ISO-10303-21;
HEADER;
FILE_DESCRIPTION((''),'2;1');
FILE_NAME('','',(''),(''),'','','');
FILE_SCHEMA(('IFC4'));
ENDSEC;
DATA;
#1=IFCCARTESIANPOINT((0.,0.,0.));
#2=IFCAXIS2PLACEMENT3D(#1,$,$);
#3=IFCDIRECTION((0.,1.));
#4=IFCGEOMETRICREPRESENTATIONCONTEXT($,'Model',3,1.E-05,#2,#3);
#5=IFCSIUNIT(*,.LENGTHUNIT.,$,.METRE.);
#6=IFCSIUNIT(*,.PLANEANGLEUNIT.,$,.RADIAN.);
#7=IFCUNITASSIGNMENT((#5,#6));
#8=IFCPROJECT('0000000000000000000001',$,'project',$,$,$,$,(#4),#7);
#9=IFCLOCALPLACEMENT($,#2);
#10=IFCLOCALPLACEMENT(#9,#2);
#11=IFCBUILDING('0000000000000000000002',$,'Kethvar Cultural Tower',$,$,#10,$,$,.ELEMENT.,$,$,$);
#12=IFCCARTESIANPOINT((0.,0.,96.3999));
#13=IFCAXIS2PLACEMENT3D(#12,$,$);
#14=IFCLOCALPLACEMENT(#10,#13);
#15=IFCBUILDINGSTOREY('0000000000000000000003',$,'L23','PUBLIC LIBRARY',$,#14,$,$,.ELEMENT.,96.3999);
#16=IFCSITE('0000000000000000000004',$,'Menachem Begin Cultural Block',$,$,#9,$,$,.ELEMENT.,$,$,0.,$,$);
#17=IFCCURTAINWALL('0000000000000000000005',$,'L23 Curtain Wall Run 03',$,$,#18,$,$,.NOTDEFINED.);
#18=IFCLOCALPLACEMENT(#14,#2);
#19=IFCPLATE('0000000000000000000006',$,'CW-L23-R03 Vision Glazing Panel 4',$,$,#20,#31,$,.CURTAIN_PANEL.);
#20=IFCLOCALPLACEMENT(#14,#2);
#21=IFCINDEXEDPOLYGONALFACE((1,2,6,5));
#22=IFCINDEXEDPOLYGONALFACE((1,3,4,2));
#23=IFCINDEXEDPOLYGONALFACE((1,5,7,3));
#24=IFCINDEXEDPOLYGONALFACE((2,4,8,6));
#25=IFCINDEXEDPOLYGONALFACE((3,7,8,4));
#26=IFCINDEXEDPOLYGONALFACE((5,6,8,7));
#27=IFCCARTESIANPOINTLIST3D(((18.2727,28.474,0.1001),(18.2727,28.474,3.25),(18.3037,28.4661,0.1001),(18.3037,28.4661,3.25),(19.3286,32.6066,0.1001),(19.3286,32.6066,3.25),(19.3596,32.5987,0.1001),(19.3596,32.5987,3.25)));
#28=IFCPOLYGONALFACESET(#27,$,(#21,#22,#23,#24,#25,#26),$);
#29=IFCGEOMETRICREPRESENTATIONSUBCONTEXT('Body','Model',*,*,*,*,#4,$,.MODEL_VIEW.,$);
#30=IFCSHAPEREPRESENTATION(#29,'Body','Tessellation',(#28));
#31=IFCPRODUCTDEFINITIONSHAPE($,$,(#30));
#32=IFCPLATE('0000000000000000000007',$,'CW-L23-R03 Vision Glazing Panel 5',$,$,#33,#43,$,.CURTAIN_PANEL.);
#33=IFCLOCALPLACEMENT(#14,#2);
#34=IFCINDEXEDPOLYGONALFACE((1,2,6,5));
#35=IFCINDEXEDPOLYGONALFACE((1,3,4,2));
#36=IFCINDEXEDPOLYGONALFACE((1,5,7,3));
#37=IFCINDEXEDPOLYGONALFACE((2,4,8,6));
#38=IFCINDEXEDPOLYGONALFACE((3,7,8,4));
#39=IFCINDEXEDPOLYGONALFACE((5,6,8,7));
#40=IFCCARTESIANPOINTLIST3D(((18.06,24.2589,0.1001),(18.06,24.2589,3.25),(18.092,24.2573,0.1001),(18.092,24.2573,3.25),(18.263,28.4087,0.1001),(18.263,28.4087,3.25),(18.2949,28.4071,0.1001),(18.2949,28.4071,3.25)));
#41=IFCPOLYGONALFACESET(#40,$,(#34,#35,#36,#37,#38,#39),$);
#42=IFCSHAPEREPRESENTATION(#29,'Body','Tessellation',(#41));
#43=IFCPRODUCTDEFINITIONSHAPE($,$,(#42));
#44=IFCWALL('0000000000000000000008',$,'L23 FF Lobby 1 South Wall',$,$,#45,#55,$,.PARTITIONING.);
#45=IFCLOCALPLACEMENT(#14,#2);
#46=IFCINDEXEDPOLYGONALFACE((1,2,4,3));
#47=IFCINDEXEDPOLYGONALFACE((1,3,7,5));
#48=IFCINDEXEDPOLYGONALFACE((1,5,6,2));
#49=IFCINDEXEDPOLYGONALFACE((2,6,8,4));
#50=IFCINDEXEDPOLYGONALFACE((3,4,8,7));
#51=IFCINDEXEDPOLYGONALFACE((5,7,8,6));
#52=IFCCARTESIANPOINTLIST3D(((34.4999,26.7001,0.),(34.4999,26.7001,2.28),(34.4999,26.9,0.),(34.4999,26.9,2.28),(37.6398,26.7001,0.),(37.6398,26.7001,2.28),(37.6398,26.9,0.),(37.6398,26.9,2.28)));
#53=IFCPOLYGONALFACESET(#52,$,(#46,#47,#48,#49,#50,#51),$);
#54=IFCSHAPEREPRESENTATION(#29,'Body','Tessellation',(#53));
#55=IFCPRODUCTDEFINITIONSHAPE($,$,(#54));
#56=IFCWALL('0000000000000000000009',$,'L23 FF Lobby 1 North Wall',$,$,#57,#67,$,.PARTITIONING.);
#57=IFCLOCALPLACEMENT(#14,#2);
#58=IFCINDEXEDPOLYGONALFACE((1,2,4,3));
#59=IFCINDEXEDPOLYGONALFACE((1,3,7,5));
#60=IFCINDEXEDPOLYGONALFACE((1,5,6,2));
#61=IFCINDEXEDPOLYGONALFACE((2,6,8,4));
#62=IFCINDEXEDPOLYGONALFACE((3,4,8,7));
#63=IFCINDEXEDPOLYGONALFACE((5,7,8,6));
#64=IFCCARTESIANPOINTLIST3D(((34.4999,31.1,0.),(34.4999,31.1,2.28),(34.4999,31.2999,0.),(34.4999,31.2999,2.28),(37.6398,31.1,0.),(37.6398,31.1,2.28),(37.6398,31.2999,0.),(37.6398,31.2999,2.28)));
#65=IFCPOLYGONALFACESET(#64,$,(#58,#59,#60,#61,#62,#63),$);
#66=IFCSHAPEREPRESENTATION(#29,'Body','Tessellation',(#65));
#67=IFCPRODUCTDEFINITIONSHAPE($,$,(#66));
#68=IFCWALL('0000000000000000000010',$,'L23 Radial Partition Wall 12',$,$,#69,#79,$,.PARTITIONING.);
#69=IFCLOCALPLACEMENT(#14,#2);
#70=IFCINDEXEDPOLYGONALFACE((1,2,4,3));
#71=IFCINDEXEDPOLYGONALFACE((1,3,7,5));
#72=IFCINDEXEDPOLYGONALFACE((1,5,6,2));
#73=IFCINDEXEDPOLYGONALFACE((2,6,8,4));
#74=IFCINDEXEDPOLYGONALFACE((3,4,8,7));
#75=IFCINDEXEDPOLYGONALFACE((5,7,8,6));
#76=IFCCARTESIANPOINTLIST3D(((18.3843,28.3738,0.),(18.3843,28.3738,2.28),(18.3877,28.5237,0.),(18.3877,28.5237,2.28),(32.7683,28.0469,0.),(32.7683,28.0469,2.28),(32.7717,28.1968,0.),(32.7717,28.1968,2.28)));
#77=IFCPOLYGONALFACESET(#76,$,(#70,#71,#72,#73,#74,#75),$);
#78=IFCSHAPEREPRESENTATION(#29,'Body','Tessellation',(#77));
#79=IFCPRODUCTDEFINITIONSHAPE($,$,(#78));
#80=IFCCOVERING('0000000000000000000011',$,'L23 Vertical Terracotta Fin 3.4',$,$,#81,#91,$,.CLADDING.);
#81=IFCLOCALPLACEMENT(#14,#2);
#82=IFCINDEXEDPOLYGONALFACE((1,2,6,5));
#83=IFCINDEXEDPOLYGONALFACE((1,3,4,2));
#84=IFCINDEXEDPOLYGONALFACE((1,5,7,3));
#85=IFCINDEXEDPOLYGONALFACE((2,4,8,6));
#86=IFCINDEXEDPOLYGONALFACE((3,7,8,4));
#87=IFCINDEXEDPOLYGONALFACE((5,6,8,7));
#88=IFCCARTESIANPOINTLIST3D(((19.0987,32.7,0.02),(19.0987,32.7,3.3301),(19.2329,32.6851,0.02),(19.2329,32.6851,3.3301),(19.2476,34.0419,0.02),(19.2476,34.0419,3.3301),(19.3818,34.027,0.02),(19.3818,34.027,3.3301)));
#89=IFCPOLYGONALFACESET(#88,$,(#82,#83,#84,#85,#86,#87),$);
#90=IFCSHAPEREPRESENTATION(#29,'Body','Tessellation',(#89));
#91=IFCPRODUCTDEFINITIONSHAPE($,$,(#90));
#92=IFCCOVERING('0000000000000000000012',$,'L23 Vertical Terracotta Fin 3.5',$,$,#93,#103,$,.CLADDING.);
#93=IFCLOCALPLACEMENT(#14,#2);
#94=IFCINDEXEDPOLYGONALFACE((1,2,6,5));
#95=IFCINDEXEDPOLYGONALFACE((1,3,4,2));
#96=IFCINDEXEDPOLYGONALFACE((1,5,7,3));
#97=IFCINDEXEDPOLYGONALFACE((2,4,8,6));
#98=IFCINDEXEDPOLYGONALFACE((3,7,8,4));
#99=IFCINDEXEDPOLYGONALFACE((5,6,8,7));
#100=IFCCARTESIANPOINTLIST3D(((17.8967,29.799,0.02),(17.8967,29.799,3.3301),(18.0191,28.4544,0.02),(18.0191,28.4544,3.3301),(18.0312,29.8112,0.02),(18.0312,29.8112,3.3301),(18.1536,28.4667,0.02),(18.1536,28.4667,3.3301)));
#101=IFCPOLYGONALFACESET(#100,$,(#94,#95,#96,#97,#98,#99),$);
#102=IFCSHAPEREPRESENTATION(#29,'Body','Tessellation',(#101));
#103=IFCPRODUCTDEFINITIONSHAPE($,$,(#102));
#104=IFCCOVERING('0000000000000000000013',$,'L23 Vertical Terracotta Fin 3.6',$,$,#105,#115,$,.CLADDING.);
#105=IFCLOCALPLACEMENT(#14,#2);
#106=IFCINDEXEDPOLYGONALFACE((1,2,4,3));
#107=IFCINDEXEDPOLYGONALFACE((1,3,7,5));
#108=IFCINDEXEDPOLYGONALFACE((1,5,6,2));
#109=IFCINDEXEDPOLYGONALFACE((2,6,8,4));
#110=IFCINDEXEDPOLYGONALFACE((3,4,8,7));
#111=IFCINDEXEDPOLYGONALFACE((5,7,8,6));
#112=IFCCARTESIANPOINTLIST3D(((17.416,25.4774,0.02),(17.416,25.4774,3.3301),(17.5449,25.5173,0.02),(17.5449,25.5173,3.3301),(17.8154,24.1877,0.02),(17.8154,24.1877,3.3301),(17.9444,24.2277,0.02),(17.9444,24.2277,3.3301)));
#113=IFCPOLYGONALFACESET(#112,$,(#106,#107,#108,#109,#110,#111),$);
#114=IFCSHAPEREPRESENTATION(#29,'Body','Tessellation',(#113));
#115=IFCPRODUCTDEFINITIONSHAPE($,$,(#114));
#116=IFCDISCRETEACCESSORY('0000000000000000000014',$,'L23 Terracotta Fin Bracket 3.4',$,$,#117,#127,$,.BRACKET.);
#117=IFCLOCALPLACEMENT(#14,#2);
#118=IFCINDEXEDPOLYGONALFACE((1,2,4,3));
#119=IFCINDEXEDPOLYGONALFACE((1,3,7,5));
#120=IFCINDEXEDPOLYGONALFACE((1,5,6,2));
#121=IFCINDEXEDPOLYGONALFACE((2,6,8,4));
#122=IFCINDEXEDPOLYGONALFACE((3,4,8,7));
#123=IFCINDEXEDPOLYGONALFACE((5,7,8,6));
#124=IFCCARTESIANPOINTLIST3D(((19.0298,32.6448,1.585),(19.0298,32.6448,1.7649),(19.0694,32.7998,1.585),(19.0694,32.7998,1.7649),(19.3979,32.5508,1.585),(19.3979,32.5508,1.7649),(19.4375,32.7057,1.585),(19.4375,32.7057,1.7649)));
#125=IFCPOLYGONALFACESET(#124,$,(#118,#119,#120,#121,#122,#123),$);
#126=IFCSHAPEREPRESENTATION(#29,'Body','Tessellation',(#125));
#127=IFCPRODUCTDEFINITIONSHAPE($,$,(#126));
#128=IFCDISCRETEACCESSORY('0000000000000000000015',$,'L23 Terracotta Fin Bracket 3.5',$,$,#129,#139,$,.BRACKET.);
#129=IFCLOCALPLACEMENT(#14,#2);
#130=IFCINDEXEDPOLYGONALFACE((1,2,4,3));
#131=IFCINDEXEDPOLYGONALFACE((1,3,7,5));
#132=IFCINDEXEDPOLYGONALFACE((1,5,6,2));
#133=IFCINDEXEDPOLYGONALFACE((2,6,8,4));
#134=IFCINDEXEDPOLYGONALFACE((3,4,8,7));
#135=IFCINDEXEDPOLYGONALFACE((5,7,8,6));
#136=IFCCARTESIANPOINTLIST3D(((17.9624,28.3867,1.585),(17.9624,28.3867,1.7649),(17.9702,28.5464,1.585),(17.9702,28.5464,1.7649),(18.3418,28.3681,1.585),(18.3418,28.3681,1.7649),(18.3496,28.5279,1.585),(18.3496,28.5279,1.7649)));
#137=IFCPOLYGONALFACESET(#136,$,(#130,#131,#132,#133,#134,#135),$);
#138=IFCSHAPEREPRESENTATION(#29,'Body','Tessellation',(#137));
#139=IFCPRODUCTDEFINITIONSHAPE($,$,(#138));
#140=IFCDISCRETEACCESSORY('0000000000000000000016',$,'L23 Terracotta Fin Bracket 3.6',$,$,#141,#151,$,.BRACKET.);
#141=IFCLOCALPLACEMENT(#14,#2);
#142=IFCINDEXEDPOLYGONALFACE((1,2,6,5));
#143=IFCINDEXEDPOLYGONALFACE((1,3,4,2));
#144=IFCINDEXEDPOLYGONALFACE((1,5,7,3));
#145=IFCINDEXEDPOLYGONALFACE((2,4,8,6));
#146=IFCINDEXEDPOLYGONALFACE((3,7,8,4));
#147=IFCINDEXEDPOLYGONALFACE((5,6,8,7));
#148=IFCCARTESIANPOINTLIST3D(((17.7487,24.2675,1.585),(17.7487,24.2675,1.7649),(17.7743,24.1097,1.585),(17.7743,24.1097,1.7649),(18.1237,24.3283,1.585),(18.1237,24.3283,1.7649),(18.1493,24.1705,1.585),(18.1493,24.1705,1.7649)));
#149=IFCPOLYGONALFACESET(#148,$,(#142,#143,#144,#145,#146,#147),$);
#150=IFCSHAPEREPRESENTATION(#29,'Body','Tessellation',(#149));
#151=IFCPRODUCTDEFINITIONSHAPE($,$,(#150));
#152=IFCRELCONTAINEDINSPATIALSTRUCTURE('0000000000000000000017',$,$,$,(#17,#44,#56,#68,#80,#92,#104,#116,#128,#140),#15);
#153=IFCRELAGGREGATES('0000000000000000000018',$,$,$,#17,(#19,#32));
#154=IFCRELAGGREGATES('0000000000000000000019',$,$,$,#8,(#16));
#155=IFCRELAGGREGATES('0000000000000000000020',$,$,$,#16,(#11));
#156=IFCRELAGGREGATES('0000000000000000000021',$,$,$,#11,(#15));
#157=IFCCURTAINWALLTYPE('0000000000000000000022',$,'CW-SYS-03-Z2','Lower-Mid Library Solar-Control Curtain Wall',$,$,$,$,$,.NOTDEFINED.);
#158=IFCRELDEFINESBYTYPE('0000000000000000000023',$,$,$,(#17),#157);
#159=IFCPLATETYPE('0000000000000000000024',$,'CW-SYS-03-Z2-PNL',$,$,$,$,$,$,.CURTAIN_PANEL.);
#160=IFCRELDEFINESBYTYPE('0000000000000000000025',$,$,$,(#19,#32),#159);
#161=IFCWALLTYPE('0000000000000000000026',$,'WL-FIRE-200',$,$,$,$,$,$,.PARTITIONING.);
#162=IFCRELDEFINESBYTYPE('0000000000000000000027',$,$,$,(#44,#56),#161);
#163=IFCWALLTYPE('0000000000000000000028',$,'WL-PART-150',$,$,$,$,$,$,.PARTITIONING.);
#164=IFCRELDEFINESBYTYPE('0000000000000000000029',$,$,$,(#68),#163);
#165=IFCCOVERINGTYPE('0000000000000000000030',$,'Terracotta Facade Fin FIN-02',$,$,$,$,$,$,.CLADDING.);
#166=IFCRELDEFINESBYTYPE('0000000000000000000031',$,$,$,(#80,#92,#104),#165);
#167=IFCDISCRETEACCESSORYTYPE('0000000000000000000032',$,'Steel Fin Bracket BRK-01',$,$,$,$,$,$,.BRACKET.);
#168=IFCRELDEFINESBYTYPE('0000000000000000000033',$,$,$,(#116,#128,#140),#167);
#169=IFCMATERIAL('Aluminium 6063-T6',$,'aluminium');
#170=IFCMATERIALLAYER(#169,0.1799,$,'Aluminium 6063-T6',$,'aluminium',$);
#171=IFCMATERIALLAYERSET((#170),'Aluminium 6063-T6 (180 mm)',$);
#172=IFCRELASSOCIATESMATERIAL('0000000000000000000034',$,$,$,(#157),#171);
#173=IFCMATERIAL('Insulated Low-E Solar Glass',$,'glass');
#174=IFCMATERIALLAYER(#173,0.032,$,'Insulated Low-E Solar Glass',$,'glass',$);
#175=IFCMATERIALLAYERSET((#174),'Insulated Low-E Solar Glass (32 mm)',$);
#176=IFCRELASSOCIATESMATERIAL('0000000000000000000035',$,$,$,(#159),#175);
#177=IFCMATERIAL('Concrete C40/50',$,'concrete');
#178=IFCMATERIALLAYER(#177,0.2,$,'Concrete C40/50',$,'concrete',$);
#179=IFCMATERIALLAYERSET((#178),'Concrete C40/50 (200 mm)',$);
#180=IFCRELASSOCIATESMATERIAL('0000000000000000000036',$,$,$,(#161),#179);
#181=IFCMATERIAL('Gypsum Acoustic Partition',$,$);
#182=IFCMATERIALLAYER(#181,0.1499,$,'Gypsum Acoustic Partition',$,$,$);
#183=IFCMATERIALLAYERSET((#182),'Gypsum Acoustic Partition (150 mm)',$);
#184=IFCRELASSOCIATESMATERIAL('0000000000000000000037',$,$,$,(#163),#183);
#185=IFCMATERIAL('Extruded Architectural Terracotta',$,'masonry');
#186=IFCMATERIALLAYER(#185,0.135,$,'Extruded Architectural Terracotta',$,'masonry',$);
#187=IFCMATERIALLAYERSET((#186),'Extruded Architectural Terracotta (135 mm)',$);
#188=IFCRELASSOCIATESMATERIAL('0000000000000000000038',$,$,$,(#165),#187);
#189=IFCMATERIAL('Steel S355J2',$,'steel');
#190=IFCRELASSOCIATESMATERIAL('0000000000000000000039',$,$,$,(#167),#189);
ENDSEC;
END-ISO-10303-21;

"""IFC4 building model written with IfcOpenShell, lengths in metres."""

from ifc_helpers import new_model, si_unit, direction, frame, frame_2d, origin, origin_2d, place, context, subcontext, project, spatial, rectangle, extrude, source, transform, mapped, material, layer, layer_set, type_object, element, aggregate, save


model = new_model("IFC4")

# Units and contexts
model_context = context("Model", 3, precision=1e-05, world=origin(), true_north=direction((0.0, 1.0)))
body_context = subcontext(model_context, "Body", "Model", "MODEL_VIEW")
ifc_project = project(units=[si_unit("LENGTHUNIT", "METRE"), si_unit("PLANEANGLEUNIT", "RADIAN")], contexts=[model_context])

# Site, building, storey
site_placement = place(None, origin())
site = spatial("IfcSite", under=ifc_project, at=site_placement, Name="Menachem Begin Cultural Block", CompositionType="ELEMENT", RefElevation=0.0)
building_placement = place(site_placement, origin())
building = spatial("IfcBuilding", under=site, at=building_placement, Name="Kethvar Cultural Tower", CompositionType="ELEMENT")
storey_placement = place(building_placement, frame((0.0, 0.0, 96.3999)))
storey = spatial("IfcBuildingStorey", under=building, at=storey_placement, Name="L23", Description="PUBLIC LIBRARY", CompositionType="ELEMENT", Elevation=96.3999)

# Shared definitions
ifc_material_1 = material(Name="Steel S355J2", Category="steel")

# Curtain wall, plates
ifc_material_2 = material(Name="Aluminium 6063-T6", Category="aluminium")
ifc_layer_1 = layer(ifc_material_2, 0.1799, Name="Aluminium 6063-T6", Category="aluminium")
ifc_layer_set_1 = layer_set([ifc_layer_1], Name="Aluminium 6063-T6 (180 mm)")
curtain_wall_type = type_object("IfcCurtainWallType", Name="CW-SYS-03-Z2", Description="Lower-Mid Library Solar-Control Curtain Wall", PredefinedType="NOTDEFINED", material=ifc_layer_set_1)
curtain_wall_placement = place(storey_placement, origin())
curtain_wall = element("IfcCurtainWall", 1, at=curtain_wall_placement, inside=storey, type_object=curtain_wall_type, Name="L23 Curtain Wall Run 03", PredefinedType="NOTDEFINED")
ifc_material_3 = material(Name="Insulated Low-E Solar Glass", Category="glass")
ifc_layer_2 = layer(ifc_material_3, 0.032, Name="Insulated Low-E Solar Glass", Category="glass")
ifc_layer_set_2 = layer_set([ifc_layer_2], Name="Insulated Low-E Solar Glass (32 mm)")
plate_type = type_object("IfcPlateType", Name="CW-SYS-03-Z2-PNL", PredefinedType="CURTAIN_PANEL", material=ifc_layer_set_2)
shared_shape_1 = source(origin(), body_context, "Body", "SweptSolid", [
    extrude(rectangle(XDim=4.2654, YDim=0.032, at=origin_2d()), origin(), (0.0, 0.0, 1.0), 3.1499),
])
plate_1_placement = place(storey_placement, frame((18.8162, 30.5364, 0.1001), z_axis=(0.0, 0.0, 1.0), x_axis=(-0.247557, -0.968873, 0.0)))
plate_1 = element("IfcPlate", 2, at=plate_1_placement, type_object=plate_type, Name="CW-L23-R03 Vision Glazing Panel 4", PredefinedType="CURTAIN_PANEL", context=body_context, shape_type="MappedRepresentation", body=[
    mapped(shared_shape_1, transform((0.0, 0.0, 0.0), scale=1.0)),
])
shared_shape_2 = source(origin(), body_context, "Body", "SweptSolid", [
    extrude(rectangle(XDim=4.1548, YDim=0.032, at=origin_2d()), origin(), (0.0, 0.0, 1.0), 3.1499),
])
plate_2_placement = place(storey_placement, frame((18.1775, 26.333, 0.1001), z_axis=(0.0, 0.0, 1.0), x_axis=(-0.04885, -0.998806, 0.0)))
plate_2 = element("IfcPlate", 3, at=plate_2_placement, type_object=plate_type, Name="CW-L23-R03 Vision Glazing Panel 5", PredefinedType="CURTAIN_PANEL", context=body_context, shape_type="MappedRepresentation", body=[
    mapped(shared_shape_2, transform((0.0, 0.0, 0.0), scale=1.0)),
])
aggregate(curtain_wall, [plate_1, plate_2])

# Shared definitions
ifc_material_4 = material(Name="Concrete C40/50", Category="concrete")
ifc_layer_3 = layer(ifc_material_4, 0.2, Name="Concrete C40/50", Category="concrete")
ifc_layer_set_3 = layer_set([ifc_layer_3], Name="Concrete C40/50 (200 mm)")
wall_type_1 = type_object("IfcWallType", Name="WL-FIRE-200", PredefinedType="PARTITIONING", material=ifc_layer_set_3)

# Walls
for number, where, z_axis, x_axis, name in (
    (4, (34.5, 26.8, 0.0), (0.0, 0.0, 1.0), (1.0, 0.0, 0.0), "L23 FF Lobby 1 South Wall"),
    (5, (34.5, 31.2, 0.0), (0.0, 0.0, 1.0), (1.0, 0.0, 0.0), "L23 FF Lobby 1 North Wall"),
):
    element("IfcWall", number, at=place(storey_placement, frame(where, z_axis=z_axis, x_axis=x_axis)), inside=storey, type_object=wall_type_1, Name=name, PredefinedType="PARTITIONING", context=body_context, shape_type="SweptSolid", body=[
        extrude(rectangle(XDim=3.1399, YDim=0.2, at=frame_2d((1.5698, 0.0))), origin(), (0.0, 0.0, 1.0), 2.28),
    ])
ifc_material_5 = material(Name="Gypsum Acoustic Partition")
ifc_layer_4 = layer(ifc_material_5, 0.1499, Name="Gypsum Acoustic Partition")
ifc_layer_set_4 = layer_set([ifc_layer_4], Name="Gypsum Acoustic Partition (150 mm)")
wall_type_2 = type_object("IfcWallType", Name="WL-PART-150", PredefinedType="PARTITIONING", material=ifc_layer_set_4)
wall_1_placement = place(storey_placement, frame((32.77, 28.1218, 0.0), z_axis=(0.0, 0.0, 1.0), x_axis=(-0.999742, 0.022721, 0.0)))
element("IfcWall", 6, at=wall_1_placement, inside=storey, type_object=wall_type_2, Name="L23 Radial Partition Wall 12", PredefinedType="PARTITIONING", context=body_context, shape_type="SweptSolid", body=[
    extrude(rectangle(XDim=14.3877, YDim=0.1499, at=frame_2d((7.1938, 0.0))), origin(), (0.0, 0.0, 1.0), 2.28),
])

# Coverings
ifc_material_6 = material(Name="Extruded Architectural Terracotta", Category="masonry")
ifc_layer_5 = layer(ifc_material_6, 0.135, Name="Extruded Architectural Terracotta", Category="masonry")
ifc_layer_set_5 = layer_set([ifc_layer_5], Name="Extruded Architectural Terracotta (135 mm)")
covering_type = type_object("IfcCoveringType", Name="Terracotta Facade Fin FIN-02", PredefinedType="CLADDING", material=ifc_layer_set_5)
shared_shape_3 = source(origin(), body_context, "Body", "SweptSolid", [
    extrude(rectangle(XDim=1.3501, YDim=0.135, at=origin_2d()), origin(), (0.0, 0.0, 1.0), 3.3101),
])
for number, where, z_axis, x_axis, name in (
    (7, (19.2402, 33.3635, 0.02), (0.0, 0.0, 1.0), (0.110255, 0.993903, 0.0), "L23 Vertical Terracotta Fin 3.4"),
    (8, (18.0251, 29.1328, 0.02), (0.0, 0.0, 1.0), (-0.090633, 0.995884, 0.0), "L23 Vertical Terracotta Fin 3.5"),
    (9, (17.6802, 24.8525, 0.02), (0.0, 0.0, 1.0), (-0.295875, 0.955227, 0.0), "L23 Vertical Terracotta Fin 3.6"),
):
    element("IfcCovering", number, at=place(storey_placement, frame(where, z_axis=z_axis, x_axis=x_axis)), inside=storey, type_object=covering_type, Name=name, PredefinedType="CLADDING", context=body_context, shape_type="MappedRepresentation", body=[
        mapped(shared_shape_3, transform((0.0, 0.0, 0.0), scale=1.0)),
    ])

# Discrete accessories
discrete_accessory_type = type_object("IfcDiscreteAccessoryType", Name="Steel Fin Bracket BRK-01", PredefinedType="BRACKET", material=ifc_material_1)
shared_shape_4 = source(origin(), body_context, "Body", "SweptSolid", [
    extrude(rectangle(XDim=0.3799, YDim=0.1599, at=origin_2d()), origin(), (0.0, 0.0, 1.0), 0.1799),
])
for number, where, z_axis, x_axis, name in (
    (10, (19.2336, 32.6753, 1.585), (0.0, 0.0, 1.0), (-0.968886, 0.247506, 0.0), "L23 Terracotta Fin Bracket 3.4"),
    (11, (18.156, 28.4573, 1.585), (0.0, 0.0, 1.0), (-0.998806, 0.04885, 0.0), "L23 Terracotta Fin Bracket 3.5"),
    (12, (17.949, 24.219, 1.585), (0.0, 0.0, 1.0), (-0.987108, -0.160053, 0.0), "L23 Terracotta Fin Bracket 3.6"),
):
    element("IfcDiscreteAccessory", number, at=place(storey_placement, frame(where, z_axis=z_axis, x_axis=x_axis)), inside=storey, type_object=discrete_accessory_type, Name=name, PredefinedType="BRACKET", context=body_context, shape_type="MappedRepresentation", body=[
        mapped(shared_shape_4, transform((0.0, 0.0, 0.0), scale=1.0)),
    ])

save(model, "model.ifc")
